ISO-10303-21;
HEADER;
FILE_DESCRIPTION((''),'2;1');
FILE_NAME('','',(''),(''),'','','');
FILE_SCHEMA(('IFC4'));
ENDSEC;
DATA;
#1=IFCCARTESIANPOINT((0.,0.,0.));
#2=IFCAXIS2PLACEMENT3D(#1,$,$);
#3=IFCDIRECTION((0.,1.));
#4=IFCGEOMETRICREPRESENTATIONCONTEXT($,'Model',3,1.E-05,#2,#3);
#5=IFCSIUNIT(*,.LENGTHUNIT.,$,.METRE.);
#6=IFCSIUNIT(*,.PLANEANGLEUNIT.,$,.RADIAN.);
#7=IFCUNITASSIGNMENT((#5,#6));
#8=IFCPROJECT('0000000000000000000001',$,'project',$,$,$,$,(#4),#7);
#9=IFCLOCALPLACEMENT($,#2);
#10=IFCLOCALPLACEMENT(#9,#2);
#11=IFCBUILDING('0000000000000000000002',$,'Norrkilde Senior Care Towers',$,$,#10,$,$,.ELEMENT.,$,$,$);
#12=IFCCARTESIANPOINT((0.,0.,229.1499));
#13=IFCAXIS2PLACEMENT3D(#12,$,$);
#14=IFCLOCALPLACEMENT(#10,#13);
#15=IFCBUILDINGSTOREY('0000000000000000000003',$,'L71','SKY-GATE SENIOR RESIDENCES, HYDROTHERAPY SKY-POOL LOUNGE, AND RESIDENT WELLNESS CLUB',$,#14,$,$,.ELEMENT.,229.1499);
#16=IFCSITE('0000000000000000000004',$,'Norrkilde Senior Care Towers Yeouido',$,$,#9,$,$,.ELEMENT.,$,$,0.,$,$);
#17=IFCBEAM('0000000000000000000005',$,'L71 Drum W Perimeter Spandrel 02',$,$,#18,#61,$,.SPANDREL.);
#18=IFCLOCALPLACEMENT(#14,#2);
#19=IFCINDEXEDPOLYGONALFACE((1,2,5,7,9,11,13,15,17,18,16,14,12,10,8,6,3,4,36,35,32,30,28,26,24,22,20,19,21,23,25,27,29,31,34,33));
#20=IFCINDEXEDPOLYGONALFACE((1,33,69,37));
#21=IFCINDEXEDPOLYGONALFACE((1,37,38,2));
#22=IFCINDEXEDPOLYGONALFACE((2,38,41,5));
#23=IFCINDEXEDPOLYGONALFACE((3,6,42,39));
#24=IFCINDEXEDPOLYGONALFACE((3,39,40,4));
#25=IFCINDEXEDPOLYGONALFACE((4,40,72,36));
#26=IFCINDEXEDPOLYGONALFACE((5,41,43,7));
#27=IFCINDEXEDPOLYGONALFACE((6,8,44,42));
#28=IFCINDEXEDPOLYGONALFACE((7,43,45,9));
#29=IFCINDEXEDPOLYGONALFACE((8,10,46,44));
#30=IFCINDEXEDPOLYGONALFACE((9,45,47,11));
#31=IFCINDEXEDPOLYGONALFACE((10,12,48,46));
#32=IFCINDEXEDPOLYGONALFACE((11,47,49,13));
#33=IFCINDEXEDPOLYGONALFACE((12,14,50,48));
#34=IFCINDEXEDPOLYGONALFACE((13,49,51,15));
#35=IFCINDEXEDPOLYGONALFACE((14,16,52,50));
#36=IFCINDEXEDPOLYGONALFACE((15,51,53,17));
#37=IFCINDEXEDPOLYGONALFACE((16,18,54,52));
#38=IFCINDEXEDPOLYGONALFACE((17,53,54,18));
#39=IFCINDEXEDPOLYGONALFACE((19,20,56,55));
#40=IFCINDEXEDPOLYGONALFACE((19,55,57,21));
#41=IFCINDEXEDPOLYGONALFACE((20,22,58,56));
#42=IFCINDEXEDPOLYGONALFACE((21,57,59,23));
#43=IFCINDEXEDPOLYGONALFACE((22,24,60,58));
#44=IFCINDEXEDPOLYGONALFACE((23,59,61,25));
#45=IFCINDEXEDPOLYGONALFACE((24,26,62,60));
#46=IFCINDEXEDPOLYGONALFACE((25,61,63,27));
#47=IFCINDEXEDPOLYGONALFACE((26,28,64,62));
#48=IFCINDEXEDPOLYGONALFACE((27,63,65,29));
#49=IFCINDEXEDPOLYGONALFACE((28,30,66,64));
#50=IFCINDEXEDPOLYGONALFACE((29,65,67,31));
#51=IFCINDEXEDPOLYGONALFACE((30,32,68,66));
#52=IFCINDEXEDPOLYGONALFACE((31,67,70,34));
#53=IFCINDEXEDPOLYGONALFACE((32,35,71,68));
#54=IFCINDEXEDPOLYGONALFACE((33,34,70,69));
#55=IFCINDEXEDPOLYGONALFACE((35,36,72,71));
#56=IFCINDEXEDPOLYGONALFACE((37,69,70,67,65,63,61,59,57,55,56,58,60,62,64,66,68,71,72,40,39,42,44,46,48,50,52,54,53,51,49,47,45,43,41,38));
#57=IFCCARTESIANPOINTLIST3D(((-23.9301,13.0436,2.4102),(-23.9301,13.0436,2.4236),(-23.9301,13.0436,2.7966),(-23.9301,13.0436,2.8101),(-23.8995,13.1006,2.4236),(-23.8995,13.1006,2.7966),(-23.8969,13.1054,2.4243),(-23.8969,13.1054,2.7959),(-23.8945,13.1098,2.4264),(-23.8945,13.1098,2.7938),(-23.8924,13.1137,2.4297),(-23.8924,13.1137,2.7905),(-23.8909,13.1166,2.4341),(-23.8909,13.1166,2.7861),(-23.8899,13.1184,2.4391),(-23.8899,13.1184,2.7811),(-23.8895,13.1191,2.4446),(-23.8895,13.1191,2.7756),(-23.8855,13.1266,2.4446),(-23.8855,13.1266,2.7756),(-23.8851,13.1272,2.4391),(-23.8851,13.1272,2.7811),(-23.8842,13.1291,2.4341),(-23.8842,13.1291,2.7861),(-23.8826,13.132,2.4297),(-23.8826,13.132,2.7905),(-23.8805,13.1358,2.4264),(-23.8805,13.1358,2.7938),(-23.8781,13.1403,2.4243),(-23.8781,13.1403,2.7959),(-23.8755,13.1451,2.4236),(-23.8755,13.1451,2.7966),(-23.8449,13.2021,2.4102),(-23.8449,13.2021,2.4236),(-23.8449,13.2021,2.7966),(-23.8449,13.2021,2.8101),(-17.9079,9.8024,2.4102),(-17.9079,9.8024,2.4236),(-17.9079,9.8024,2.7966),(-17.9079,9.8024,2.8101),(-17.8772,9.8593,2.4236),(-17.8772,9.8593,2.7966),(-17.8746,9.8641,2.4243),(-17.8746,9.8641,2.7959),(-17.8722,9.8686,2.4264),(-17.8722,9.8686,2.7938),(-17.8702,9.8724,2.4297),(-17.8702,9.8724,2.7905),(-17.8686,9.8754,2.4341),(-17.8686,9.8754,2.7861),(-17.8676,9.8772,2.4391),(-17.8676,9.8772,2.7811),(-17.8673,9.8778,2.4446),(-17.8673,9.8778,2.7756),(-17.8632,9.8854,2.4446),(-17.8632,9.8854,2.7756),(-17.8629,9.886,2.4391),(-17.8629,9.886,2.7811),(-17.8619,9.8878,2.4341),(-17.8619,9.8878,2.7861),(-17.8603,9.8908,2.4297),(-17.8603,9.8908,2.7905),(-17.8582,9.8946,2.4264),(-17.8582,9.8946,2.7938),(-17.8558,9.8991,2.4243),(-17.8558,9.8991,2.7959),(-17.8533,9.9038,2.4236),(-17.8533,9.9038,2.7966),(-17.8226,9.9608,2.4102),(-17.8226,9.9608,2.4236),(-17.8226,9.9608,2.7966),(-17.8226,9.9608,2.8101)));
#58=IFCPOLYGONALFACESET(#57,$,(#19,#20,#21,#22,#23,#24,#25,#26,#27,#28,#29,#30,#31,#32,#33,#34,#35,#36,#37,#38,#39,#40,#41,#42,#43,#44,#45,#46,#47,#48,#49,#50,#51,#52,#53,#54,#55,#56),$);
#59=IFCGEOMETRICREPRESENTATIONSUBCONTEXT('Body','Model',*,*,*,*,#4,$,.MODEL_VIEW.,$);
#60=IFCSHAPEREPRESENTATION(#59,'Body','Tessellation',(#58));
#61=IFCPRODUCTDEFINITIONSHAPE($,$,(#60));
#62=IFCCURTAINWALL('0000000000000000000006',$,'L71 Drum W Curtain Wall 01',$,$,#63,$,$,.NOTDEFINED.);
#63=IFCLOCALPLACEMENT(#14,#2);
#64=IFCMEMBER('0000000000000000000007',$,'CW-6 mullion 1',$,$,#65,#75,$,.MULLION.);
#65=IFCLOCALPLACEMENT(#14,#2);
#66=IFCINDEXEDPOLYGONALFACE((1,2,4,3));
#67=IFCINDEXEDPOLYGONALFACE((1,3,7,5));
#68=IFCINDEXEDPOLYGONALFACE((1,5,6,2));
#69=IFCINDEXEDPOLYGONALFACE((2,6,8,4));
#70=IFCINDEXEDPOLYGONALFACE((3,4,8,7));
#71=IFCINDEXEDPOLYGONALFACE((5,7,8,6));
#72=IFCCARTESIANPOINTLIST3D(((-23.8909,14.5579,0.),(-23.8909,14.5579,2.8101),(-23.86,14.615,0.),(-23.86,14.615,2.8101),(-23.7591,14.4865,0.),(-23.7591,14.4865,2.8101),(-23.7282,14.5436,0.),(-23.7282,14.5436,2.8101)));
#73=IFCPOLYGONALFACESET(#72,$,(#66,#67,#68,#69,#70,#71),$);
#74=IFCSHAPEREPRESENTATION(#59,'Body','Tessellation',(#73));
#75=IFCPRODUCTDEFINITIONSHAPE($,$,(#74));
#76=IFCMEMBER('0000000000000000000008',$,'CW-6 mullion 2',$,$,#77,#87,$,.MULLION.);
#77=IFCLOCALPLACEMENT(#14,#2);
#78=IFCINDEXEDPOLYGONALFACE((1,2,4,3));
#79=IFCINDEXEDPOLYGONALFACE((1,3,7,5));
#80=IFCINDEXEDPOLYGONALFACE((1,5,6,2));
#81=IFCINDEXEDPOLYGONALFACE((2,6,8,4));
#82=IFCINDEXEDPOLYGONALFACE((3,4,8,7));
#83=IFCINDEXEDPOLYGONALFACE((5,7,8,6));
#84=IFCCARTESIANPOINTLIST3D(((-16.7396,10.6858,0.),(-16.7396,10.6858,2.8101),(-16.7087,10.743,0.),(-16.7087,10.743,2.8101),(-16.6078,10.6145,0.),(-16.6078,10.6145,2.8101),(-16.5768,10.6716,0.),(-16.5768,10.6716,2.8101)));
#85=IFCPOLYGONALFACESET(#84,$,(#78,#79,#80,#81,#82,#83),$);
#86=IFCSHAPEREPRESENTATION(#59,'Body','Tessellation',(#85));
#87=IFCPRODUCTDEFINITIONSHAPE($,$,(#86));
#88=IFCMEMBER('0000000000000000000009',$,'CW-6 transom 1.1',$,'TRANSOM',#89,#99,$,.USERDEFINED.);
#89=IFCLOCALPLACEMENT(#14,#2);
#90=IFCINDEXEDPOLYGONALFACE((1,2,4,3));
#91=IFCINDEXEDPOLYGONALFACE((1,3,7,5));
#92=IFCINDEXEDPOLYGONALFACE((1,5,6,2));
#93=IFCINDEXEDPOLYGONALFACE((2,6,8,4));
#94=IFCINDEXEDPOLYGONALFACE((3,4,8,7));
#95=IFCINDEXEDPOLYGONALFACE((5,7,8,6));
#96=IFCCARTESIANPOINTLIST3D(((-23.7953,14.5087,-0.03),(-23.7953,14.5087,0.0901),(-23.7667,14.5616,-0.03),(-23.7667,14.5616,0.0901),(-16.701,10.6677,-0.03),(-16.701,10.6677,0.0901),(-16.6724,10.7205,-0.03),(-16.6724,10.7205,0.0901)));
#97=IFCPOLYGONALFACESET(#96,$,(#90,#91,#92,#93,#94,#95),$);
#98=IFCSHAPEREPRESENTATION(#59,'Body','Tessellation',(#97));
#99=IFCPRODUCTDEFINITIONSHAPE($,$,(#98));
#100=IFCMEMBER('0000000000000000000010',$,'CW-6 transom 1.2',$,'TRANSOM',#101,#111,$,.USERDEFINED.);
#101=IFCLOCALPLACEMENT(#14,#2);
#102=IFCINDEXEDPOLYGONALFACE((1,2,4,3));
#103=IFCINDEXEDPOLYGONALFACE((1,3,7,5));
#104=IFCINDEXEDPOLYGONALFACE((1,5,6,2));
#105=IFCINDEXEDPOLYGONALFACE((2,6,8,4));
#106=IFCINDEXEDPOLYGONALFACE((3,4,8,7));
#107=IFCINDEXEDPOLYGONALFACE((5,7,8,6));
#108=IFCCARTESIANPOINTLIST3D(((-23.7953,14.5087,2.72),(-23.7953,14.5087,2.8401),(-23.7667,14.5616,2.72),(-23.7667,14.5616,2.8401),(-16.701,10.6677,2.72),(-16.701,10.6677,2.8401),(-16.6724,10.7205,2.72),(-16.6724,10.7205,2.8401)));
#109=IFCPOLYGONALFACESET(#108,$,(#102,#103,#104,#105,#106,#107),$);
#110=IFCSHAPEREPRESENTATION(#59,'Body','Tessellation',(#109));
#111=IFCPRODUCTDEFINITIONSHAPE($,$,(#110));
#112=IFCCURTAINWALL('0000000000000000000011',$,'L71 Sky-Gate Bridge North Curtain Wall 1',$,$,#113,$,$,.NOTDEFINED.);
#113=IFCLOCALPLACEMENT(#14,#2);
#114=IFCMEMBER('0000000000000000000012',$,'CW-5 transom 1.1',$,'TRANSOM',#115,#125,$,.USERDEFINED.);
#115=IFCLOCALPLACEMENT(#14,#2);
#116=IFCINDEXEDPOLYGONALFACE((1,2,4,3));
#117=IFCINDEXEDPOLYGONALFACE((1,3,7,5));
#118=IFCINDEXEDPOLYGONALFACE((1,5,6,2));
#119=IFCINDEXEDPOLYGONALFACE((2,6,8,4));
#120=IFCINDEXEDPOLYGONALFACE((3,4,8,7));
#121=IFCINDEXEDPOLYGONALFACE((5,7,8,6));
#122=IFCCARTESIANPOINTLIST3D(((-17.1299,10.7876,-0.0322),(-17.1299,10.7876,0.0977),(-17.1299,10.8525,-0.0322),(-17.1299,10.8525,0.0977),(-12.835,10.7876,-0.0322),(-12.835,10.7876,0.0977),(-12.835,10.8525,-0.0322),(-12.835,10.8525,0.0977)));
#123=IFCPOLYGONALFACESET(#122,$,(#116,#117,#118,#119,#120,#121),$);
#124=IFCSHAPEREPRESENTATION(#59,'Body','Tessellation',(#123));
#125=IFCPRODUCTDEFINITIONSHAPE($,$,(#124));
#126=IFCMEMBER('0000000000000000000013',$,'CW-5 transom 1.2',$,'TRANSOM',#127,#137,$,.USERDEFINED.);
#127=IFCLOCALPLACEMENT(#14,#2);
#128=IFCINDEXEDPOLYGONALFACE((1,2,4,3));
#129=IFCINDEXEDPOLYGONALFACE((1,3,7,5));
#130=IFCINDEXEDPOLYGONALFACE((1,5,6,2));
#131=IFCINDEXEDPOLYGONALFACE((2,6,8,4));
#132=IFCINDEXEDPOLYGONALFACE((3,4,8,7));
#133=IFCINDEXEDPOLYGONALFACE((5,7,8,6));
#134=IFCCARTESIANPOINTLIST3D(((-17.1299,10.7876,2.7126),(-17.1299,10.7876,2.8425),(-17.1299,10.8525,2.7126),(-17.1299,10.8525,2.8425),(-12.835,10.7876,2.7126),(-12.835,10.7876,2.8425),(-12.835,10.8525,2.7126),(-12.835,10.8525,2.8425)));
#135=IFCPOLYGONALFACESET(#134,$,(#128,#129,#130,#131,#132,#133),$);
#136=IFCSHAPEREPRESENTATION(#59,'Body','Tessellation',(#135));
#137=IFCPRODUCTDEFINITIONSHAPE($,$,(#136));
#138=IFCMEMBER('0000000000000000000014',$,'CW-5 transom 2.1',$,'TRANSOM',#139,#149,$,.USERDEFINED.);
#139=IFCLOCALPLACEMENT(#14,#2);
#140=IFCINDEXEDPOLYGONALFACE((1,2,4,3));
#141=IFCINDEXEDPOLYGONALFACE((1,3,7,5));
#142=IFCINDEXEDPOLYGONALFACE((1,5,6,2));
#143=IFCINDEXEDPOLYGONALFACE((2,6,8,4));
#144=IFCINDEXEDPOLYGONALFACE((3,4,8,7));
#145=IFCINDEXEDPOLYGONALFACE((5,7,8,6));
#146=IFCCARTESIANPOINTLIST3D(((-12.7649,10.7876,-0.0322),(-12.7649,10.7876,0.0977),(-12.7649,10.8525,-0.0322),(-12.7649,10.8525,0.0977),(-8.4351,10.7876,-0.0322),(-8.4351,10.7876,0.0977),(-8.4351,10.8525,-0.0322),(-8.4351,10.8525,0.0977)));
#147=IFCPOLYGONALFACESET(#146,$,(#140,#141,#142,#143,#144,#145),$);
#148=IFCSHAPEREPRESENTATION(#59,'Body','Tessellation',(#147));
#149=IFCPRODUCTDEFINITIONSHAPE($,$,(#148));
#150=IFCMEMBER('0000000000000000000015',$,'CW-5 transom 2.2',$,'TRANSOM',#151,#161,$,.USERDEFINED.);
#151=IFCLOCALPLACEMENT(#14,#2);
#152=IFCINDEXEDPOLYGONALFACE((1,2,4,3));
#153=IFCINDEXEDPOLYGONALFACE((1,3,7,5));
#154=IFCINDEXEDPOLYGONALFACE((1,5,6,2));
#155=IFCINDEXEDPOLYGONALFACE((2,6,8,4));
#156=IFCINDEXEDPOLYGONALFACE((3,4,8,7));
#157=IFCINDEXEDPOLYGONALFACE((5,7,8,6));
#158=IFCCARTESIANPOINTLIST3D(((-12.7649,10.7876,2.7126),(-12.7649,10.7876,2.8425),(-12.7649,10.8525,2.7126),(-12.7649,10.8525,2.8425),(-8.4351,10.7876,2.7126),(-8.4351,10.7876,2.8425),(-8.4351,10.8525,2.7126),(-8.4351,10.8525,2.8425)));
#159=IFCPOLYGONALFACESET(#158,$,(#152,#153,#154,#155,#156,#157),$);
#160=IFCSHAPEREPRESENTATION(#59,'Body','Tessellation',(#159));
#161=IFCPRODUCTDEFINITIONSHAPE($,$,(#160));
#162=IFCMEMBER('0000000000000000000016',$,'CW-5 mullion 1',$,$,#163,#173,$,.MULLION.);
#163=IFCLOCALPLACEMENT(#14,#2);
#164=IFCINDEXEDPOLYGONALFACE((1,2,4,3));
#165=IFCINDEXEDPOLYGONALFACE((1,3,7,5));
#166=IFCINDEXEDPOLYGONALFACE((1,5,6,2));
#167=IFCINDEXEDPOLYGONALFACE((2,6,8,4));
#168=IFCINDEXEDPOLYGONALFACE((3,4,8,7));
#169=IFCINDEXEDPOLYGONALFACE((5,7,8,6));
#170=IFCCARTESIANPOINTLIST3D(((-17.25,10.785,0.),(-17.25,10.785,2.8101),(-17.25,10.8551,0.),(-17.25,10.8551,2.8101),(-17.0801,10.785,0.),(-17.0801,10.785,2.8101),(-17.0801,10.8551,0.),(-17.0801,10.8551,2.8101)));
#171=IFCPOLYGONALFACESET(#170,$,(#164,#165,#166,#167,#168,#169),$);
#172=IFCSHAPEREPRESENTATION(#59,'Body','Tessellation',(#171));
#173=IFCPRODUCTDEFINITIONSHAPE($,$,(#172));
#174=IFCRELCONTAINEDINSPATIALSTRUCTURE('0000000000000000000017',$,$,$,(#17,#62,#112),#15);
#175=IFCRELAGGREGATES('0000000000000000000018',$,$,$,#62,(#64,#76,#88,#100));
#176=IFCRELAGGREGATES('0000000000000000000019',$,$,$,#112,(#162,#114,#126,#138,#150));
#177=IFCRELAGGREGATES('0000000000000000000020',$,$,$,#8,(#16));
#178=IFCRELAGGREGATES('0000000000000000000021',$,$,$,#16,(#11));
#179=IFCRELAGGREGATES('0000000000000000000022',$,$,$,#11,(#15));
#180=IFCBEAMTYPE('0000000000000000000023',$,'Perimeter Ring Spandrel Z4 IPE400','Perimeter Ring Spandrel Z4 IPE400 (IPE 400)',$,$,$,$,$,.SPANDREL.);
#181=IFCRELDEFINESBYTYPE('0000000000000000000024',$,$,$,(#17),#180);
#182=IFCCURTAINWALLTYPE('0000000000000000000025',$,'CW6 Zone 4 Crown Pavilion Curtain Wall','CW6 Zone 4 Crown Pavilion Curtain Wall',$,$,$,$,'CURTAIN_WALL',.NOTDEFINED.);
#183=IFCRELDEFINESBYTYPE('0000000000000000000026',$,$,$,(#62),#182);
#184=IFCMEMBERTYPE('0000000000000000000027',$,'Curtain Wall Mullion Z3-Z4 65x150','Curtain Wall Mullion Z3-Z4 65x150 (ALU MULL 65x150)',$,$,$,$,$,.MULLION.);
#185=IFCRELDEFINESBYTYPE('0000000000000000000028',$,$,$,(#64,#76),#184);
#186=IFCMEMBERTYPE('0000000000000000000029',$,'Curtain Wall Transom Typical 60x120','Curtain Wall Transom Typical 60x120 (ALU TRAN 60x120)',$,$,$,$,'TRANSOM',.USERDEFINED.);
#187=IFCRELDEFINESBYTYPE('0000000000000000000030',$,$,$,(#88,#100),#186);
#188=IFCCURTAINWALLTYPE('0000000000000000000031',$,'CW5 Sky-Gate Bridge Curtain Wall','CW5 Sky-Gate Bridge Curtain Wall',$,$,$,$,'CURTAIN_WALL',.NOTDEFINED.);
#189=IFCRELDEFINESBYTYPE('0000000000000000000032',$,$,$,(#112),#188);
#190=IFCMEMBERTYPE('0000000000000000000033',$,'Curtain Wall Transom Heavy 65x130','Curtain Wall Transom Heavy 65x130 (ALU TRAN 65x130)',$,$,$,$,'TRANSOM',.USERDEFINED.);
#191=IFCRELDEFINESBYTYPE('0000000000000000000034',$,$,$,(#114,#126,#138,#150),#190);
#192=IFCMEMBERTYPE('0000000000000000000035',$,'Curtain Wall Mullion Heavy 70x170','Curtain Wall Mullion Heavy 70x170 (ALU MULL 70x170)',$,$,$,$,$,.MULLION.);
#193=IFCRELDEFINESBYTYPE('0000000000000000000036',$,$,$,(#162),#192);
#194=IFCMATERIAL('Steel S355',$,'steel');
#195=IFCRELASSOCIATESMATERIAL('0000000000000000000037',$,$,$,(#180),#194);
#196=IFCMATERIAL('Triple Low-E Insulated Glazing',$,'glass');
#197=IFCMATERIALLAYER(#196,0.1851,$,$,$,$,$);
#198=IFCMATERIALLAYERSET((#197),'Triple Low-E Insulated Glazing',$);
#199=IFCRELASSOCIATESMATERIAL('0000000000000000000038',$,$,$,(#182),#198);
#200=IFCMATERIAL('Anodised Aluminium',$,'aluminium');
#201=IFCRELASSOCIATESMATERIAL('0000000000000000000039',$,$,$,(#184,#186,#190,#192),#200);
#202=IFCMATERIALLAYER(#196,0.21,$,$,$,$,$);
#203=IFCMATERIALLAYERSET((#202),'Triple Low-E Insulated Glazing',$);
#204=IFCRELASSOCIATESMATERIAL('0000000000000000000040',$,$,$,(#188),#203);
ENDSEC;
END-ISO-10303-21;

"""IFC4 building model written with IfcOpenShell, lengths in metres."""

from ifc_helpers import new_model, si_unit, direction, frame, origin, origin_2d, place, context, subcontext, project, spatial, rectangle, i_section, extrude, source, transform, mapped, material, layer, layer_set, material_profile, profile_set, type_object, type_shapes, element, aggregate, save


model = new_model("IFC4")

# Units and contexts
model_context = context("Model", 3, precision=1e-05, world=origin(), true_north=direction((0.0, 1.0)))
body_context = subcontext(model_context, "Body", "Model", "MODEL_VIEW")
ifc_project = project(units=[si_unit("LENGTHUNIT", "METRE"), si_unit("PLANEANGLEUNIT", "RADIAN")], contexts=[model_context])

# Site, building, storey
site_placement = place(None, origin())
site = spatial("IfcSite", under=ifc_project, at=site_placement, Name="Norrkilde Senior Care Towers Yeouido", CompositionType="ELEMENT", RefElevation=0.0)
building_placement = place(site_placement, origin())
building = spatial("IfcBuilding", under=site, at=building_placement, Name="Norrkilde Senior Care Towers", CompositionType="ELEMENT")
storey_placement = place(building_placement, frame((0.0, 0.0, 229.1499)))
storey = spatial("IfcBuildingStorey", under=building, at=storey_placement, Name="L71", Description="SKY-GATE SENIOR RESIDENCES, HYDROTHERAPY SKY-POOL LOUNGE, AND RESIDENT WELLNESS CLUB", CompositionType="ELEMENT", Elevation=229.1499)

# Beam
ifc_material_1 = material(Name="Steel S355", Category="steel")
ifc_material_profile_1 = material_profile(ifc_material_1, i_section(OverallWidth=0.1799, OverallDepth=0.3999, WebThickness=0.0085, FlangeThickness=0.0134, FilletRadius=0.021, at=origin_2d()), Name="IPE 400")
ifc_profile_set_1 = profile_set([ifc_material_profile_1], Name="Steel S355")
beam_type = type_object("IfcBeamType", Name="Perimeter Ring Spandrel Z4 IPE400", Description="Perimeter Ring Spandrel Z4 IPE400 (IPE 400)", PredefinedType="SPANDREL", material=ifc_profile_set_1)
shared_shape_1 = source(origin(), body_context, "Body", "SweptSolid", [
    extrude(i_section(OverallWidth=0.1799, OverallDepth=0.3999, WebThickness=0.0085, FlangeThickness=0.0134, FilletRadius=0.021, at=origin_2d()), origin(), (0.0, 0.0, 1.0), 6.8391),
])
type_shapes(beam_type, [shared_shape_1])
beam_placement = place(storey_placement, frame((-17.8652, 9.8816, 2.6101), z_axis=(-0.880564, 0.473927, 0.0), x_axis=(-0.473927, -0.880564, 0.0)))
element("IfcBeam", 1, at=beam_placement, inside=storey, type_object=beam_type, Name="L71 Drum W Perimeter Spandrel 02", PredefinedType="SPANDREL", context=body_context, shape_type="MappedRepresentation", body=[
    mapped(shared_shape_1, transform((0.0, 0.0, 0.0), x_axis=(1.0, 0.0, 0.0), y_axis=(0.0, 1.0, 0.0), z_axis=(0.0, 0.0, 1.0), scale=1.0)),
])

# Curtain walls, members
ifc_material_2 = material(Name="Triple Low-E Insulated Glazing", Category="glass")
ifc_layer_1 = layer(ifc_material_2, 0.1851)
ifc_layer_set_1 = layer_set([ifc_layer_1], Name="Triple Low-E Insulated Glazing")
curtain_wall_type_1 = type_object("IfcCurtainWallType", Name="CW6 Zone 4 Crown Pavilion Curtain Wall", Description="CW6 Zone 4 Crown Pavilion Curtain Wall", ElementType="CURTAIN_WALL", PredefinedType="NOTDEFINED", material=ifc_layer_set_1)
curtain_wall_1_placement = place(storey_placement, origin())
curtain_wall_1 = element("IfcCurtainWall", 2, at=curtain_wall_1_placement, inside=storey, type_object=curtain_wall_type_1, Name="L71 Drum W Curtain Wall 01", PredefinedType="NOTDEFINED")
ifc_material_3 = material(Name="Anodised Aluminium", Category="aluminium")
ifc_material_profile_2 = material_profile(ifc_material_3, rectangle(XDim=0.0649, YDim=0.1499, at=origin_2d()), Name="ALU MULL 65x150")
ifc_profile_set_2 = profile_set([ifc_material_profile_2], Name="Anodised Aluminium")
member_type_1 = type_object("IfcMemberType", Name="Curtain Wall Mullion Z3-Z4 65x150", Description="Curtain Wall Mullion Z3-Z4 65x150 (ALU MULL 65x150)", PredefinedType="MULLION", material=ifc_profile_set_2)
shared_shape_2 = source(origin(), body_context, "Body", "SweptSolid", [
    extrude(rectangle(XDim=0.0649, YDim=0.1499, at=origin_2d()), origin(), (0.0, 0.0, 1.0), 2.8101),
])
type_shapes(member_type_1, [shared_shape_2])
member_1_placement = place(storey_placement, frame((-23.8096, 14.5508, 0.0), z_axis=(0.0, 0.0, 1.0), x_axis=(0.476133, 0.879373, 0.0)))
member_1 = element("IfcMember", 3, at=member_1_placement, type_object=member_type_1, Name="CW-6 mullion 1", PredefinedType="MULLION", context=body_context, shape_type="MappedRepresentation", body=[
    mapped(shared_shape_2, transform((0.0, 0.0, 0.0), x_axis=(1.0, 0.0, 0.0), y_axis=(0.0, 1.0, 0.0), z_axis=(0.0, 0.0, 1.0), scale=1.0)),
])
member_2_placement = place(storey_placement, frame((-16.6582, 10.6787, 0.0), z_axis=(0.0, 0.0, 1.0), x_axis=(0.476133, 0.879373, 0.0)))
member_2 = element("IfcMember", 4, at=member_2_placement, type_object=member_type_1, Name="CW-6 mullion 2", PredefinedType="MULLION", context=body_context, shape_type="MappedRepresentation", body=[
    mapped(shared_shape_2, transform((0.0, 0.0, 0.0), x_axis=(1.0, 0.0, 0.0), y_axis=(0.0, 1.0, 0.0), z_axis=(0.0, 0.0, 1.0), scale=1.0)),
])
ifc_material_profile_3 = material_profile(ifc_material_3, rectangle(XDim=0.0601, YDim=0.1201, at=origin_2d()), Name="ALU TRAN 60x120")
ifc_profile_set_3 = profile_set([ifc_material_profile_3], Name="Anodised Aluminium")
member_type_2 = type_object("IfcMemberType", Name="Curtain Wall Transom Typical 60x120", Description="Curtain Wall Transom Typical 60x120 (ALU TRAN 60x120)", ElementType="TRANSOM", PredefinedType="USERDEFINED", material=ifc_profile_set_3)
shared_shape_3 = source(origin(), body_context, "Body", "SweptSolid", [
    extrude(rectangle(XDim=0.0601, YDim=0.1201, at=origin_2d()), origin(), (0.0, 0.0, 1.0), 8.0674),
])
type_shapes(member_type_2, [shared_shape_3])
member_3_placement = place(storey_placement, frame((-23.781, 14.5352, 0.03), z_axis=(0.879378, -0.476125, 0.0), x_axis=(0.476125, 0.879378, 0.0)))
member_3 = element("IfcMember", 5, at=member_3_placement, type_object=member_type_2, Name="CW-6 transom 1.1", ObjectType="TRANSOM", PredefinedType="USERDEFINED", context=body_context, shape_type="MappedRepresentation", body=[
    mapped(shared_shape_3, transform((0.0, 0.0, 0.0), x_axis=(1.0, 0.0, 0.0), y_axis=(0.0, 1.0, 0.0), z_axis=(0.0, 0.0, 1.0), scale=1.0)),
])
member_4_placement = place(storey_placement, frame((-23.781, 14.5352, 2.78), z_axis=(0.879378, -0.476125, 0.0), x_axis=(0.476125, 0.879378, 0.0)))
member_4 = element("IfcMember", 6, at=member_4_placement, type_object=member_type_2, Name="CW-6 transom 1.2", ObjectType="TRANSOM", PredefinedType="USERDEFINED", context=body_context, shape_type="MappedRepresentation", body=[
    mapped(shared_shape_3, transform((0.0, 0.0, 0.0), x_axis=(1.0, 0.0, 0.0), y_axis=(0.0, 1.0, 0.0), z_axis=(0.0, 0.0, 1.0), scale=1.0)),
])
ifc_layer_2 = layer(ifc_material_2, 0.21)
ifc_layer_set_2 = layer_set([ifc_layer_2], Name="Triple Low-E Insulated Glazing")
curtain_wall_type_2 = type_object("IfcCurtainWallType", Name="CW5 Sky-Gate Bridge Curtain Wall", Description="CW5 Sky-Gate Bridge Curtain Wall", ElementType="CURTAIN_WALL", PredefinedType="NOTDEFINED", material=ifc_layer_set_2)
curtain_wall_2_placement = place(storey_placement, origin())
curtain_wall_2 = element("IfcCurtainWall", 7, at=curtain_wall_2_placement, inside=storey, type_object=curtain_wall_type_2, Name="L71 Sky-Gate Bridge North Curtain Wall 1", PredefinedType="NOTDEFINED")
ifc_material_profile_4 = material_profile(ifc_material_3, rectangle(XDim=0.0649, YDim=0.1299, at=origin_2d()), Name="ALU TRAN 65x130")
ifc_profile_set_4 = profile_set([ifc_material_profile_4], Name="Anodised Aluminium")
member_type_3 = type_object("IfcMemberType", Name="Curtain Wall Transom Heavy 65x130", Description="Curtain Wall Transom Heavy 65x130 (ALU TRAN 65x130)", ElementType="TRANSOM", PredefinedType="USERDEFINED", material=ifc_profile_set_4)
shared_shape_4 = source(origin(), body_context, "Body", "SweptSolid", [
    extrude(rectangle(XDim=0.0649, YDim=0.1299, at=origin_2d()), origin(), (0.0, 0.0, 1.0), 4.2949),
])
member_5_placement = place(storey_placement, frame((-17.1299, 10.8201, 0.0327), z_axis=(1.0, 0.0, 0.0), x_axis=(0.0, 1.0, 0.0)))
member_5 = element("IfcMember", 8, at=member_5_placement, type_object=member_type_3, Name="CW-5 transom 1.1", ObjectType="TRANSOM", PredefinedType="USERDEFINED", context=body_context, shape_type="MappedRepresentation", body=[
    mapped(shared_shape_4, transform((0.0, 0.0, 0.0), x_axis=(1.0, 0.0, 0.0), y_axis=(0.0, 1.0, 0.0), z_axis=(0.0, 0.0, 1.0), scale=1.0)),
])
member_6_placement = place(storey_placement, frame((-17.1299, 10.8201, 2.7776), z_axis=(1.0, 0.0, 0.0), x_axis=(0.0, 1.0, 0.0)))
member_6 = element("IfcMember", 9, at=member_6_placement, type_object=member_type_3, Name="CW-5 transom 1.2", ObjectType="TRANSOM", PredefinedType="USERDEFINED", context=body_context, shape_type="MappedRepresentation", body=[
    mapped(shared_shape_4, transform((0.0, 0.0, 0.0), x_axis=(1.0, 0.0, 0.0), y_axis=(0.0, 1.0, 0.0), z_axis=(0.0, 0.0, 1.0), scale=1.0)),
])
shared_shape_5 = source(origin(), body_context, "Body", "SweptSolid", [
    extrude(rectangle(XDim=0.0649, YDim=0.1299, at=origin_2d()), origin(), (0.0, 0.0, 1.0), 4.3298),
])
type_shapes(member_type_3, [shared_shape_4, shared_shape_5])
member_7_placement = place(storey_placement, frame((-12.7649, 10.8201, 0.0327), z_axis=(1.0, 0.0, 0.0), x_axis=(0.0, 1.0, 0.0)))
member_7 = element("IfcMember", 10, at=member_7_placement, type_object=member_type_3, Name="CW-5 transom 2.1", ObjectType="TRANSOM", PredefinedType="USERDEFINED", context=body_context, shape_type="MappedRepresentation", body=[
    mapped(shared_shape_5, transform((0.0, 0.0, 0.0), x_axis=(1.0, 0.0, 0.0), y_axis=(0.0, 1.0, 0.0), z_axis=(0.0, 0.0, 1.0), scale=1.0)),
])
member_8_placement = place(storey_placement, frame((-12.7649, 10.8201, 2.7776), z_axis=(1.0, 0.0, 0.0), x_axis=(0.0, 1.0, 0.0)))
member_8 = element("IfcMember", 11, at=member_8_placement, type_object=member_type_3, Name="CW-5 transom 2.2", ObjectType="TRANSOM", PredefinedType="USERDEFINED", context=body_context, shape_type="MappedRepresentation", body=[
    mapped(shared_shape_5, transform((0.0, 0.0, 0.0), x_axis=(1.0, 0.0, 0.0), y_axis=(0.0, 1.0, 0.0), z_axis=(0.0, 0.0, 1.0), scale=1.0)),
])
ifc_material_profile_5 = material_profile(ifc_material_3, rectangle(XDim=0.0701, YDim=0.1699, at=origin_2d()), Name="ALU MULL 70x170")
ifc_profile_set_5 = profile_set([ifc_material_profile_5], Name="Anodised Aluminium")
member_type_4 = type_object("IfcMemberType", Name="Curtain Wall Mullion Heavy 70x170", Description="Curtain Wall Mullion Heavy 70x170 (ALU MULL 70x170)", PredefinedType="MULLION", material=ifc_profile_set_5)
shared_shape_6 = source(origin(), body_context, "Body", "SweptSolid", [
    extrude(rectangle(XDim=0.0701, YDim=0.1699, at=origin_2d()), origin(), (0.0, 0.0, 1.0), 2.8101),
])
type_shapes(member_type_4, [shared_shape_6])
member_9_placement = place(storey_placement, frame((-17.165, 10.8201, 0.0), z_axis=(0.0, 0.0, 1.0), x_axis=(0.0, 1.0, 0.0)))
member_9 = element("IfcMember", 12, at=member_9_placement, type_object=member_type_4, Name="CW-5 mullion 1", PredefinedType="MULLION", context=body_context, shape_type="MappedRepresentation", body=[
    mapped(shared_shape_6, transform((0.0, 0.0, 0.0), x_axis=(1.0, 0.0, 0.0), y_axis=(0.0, 1.0, 0.0), z_axis=(0.0, 0.0, 1.0), scale=1.0)),
])

aggregate(curtain_wall_1, [member_1, member_2, member_3, member_4])
aggregate(curtain_wall_2, [member_9, member_5, member_6, member_7, member_8])

save(model, "model.ifc")
